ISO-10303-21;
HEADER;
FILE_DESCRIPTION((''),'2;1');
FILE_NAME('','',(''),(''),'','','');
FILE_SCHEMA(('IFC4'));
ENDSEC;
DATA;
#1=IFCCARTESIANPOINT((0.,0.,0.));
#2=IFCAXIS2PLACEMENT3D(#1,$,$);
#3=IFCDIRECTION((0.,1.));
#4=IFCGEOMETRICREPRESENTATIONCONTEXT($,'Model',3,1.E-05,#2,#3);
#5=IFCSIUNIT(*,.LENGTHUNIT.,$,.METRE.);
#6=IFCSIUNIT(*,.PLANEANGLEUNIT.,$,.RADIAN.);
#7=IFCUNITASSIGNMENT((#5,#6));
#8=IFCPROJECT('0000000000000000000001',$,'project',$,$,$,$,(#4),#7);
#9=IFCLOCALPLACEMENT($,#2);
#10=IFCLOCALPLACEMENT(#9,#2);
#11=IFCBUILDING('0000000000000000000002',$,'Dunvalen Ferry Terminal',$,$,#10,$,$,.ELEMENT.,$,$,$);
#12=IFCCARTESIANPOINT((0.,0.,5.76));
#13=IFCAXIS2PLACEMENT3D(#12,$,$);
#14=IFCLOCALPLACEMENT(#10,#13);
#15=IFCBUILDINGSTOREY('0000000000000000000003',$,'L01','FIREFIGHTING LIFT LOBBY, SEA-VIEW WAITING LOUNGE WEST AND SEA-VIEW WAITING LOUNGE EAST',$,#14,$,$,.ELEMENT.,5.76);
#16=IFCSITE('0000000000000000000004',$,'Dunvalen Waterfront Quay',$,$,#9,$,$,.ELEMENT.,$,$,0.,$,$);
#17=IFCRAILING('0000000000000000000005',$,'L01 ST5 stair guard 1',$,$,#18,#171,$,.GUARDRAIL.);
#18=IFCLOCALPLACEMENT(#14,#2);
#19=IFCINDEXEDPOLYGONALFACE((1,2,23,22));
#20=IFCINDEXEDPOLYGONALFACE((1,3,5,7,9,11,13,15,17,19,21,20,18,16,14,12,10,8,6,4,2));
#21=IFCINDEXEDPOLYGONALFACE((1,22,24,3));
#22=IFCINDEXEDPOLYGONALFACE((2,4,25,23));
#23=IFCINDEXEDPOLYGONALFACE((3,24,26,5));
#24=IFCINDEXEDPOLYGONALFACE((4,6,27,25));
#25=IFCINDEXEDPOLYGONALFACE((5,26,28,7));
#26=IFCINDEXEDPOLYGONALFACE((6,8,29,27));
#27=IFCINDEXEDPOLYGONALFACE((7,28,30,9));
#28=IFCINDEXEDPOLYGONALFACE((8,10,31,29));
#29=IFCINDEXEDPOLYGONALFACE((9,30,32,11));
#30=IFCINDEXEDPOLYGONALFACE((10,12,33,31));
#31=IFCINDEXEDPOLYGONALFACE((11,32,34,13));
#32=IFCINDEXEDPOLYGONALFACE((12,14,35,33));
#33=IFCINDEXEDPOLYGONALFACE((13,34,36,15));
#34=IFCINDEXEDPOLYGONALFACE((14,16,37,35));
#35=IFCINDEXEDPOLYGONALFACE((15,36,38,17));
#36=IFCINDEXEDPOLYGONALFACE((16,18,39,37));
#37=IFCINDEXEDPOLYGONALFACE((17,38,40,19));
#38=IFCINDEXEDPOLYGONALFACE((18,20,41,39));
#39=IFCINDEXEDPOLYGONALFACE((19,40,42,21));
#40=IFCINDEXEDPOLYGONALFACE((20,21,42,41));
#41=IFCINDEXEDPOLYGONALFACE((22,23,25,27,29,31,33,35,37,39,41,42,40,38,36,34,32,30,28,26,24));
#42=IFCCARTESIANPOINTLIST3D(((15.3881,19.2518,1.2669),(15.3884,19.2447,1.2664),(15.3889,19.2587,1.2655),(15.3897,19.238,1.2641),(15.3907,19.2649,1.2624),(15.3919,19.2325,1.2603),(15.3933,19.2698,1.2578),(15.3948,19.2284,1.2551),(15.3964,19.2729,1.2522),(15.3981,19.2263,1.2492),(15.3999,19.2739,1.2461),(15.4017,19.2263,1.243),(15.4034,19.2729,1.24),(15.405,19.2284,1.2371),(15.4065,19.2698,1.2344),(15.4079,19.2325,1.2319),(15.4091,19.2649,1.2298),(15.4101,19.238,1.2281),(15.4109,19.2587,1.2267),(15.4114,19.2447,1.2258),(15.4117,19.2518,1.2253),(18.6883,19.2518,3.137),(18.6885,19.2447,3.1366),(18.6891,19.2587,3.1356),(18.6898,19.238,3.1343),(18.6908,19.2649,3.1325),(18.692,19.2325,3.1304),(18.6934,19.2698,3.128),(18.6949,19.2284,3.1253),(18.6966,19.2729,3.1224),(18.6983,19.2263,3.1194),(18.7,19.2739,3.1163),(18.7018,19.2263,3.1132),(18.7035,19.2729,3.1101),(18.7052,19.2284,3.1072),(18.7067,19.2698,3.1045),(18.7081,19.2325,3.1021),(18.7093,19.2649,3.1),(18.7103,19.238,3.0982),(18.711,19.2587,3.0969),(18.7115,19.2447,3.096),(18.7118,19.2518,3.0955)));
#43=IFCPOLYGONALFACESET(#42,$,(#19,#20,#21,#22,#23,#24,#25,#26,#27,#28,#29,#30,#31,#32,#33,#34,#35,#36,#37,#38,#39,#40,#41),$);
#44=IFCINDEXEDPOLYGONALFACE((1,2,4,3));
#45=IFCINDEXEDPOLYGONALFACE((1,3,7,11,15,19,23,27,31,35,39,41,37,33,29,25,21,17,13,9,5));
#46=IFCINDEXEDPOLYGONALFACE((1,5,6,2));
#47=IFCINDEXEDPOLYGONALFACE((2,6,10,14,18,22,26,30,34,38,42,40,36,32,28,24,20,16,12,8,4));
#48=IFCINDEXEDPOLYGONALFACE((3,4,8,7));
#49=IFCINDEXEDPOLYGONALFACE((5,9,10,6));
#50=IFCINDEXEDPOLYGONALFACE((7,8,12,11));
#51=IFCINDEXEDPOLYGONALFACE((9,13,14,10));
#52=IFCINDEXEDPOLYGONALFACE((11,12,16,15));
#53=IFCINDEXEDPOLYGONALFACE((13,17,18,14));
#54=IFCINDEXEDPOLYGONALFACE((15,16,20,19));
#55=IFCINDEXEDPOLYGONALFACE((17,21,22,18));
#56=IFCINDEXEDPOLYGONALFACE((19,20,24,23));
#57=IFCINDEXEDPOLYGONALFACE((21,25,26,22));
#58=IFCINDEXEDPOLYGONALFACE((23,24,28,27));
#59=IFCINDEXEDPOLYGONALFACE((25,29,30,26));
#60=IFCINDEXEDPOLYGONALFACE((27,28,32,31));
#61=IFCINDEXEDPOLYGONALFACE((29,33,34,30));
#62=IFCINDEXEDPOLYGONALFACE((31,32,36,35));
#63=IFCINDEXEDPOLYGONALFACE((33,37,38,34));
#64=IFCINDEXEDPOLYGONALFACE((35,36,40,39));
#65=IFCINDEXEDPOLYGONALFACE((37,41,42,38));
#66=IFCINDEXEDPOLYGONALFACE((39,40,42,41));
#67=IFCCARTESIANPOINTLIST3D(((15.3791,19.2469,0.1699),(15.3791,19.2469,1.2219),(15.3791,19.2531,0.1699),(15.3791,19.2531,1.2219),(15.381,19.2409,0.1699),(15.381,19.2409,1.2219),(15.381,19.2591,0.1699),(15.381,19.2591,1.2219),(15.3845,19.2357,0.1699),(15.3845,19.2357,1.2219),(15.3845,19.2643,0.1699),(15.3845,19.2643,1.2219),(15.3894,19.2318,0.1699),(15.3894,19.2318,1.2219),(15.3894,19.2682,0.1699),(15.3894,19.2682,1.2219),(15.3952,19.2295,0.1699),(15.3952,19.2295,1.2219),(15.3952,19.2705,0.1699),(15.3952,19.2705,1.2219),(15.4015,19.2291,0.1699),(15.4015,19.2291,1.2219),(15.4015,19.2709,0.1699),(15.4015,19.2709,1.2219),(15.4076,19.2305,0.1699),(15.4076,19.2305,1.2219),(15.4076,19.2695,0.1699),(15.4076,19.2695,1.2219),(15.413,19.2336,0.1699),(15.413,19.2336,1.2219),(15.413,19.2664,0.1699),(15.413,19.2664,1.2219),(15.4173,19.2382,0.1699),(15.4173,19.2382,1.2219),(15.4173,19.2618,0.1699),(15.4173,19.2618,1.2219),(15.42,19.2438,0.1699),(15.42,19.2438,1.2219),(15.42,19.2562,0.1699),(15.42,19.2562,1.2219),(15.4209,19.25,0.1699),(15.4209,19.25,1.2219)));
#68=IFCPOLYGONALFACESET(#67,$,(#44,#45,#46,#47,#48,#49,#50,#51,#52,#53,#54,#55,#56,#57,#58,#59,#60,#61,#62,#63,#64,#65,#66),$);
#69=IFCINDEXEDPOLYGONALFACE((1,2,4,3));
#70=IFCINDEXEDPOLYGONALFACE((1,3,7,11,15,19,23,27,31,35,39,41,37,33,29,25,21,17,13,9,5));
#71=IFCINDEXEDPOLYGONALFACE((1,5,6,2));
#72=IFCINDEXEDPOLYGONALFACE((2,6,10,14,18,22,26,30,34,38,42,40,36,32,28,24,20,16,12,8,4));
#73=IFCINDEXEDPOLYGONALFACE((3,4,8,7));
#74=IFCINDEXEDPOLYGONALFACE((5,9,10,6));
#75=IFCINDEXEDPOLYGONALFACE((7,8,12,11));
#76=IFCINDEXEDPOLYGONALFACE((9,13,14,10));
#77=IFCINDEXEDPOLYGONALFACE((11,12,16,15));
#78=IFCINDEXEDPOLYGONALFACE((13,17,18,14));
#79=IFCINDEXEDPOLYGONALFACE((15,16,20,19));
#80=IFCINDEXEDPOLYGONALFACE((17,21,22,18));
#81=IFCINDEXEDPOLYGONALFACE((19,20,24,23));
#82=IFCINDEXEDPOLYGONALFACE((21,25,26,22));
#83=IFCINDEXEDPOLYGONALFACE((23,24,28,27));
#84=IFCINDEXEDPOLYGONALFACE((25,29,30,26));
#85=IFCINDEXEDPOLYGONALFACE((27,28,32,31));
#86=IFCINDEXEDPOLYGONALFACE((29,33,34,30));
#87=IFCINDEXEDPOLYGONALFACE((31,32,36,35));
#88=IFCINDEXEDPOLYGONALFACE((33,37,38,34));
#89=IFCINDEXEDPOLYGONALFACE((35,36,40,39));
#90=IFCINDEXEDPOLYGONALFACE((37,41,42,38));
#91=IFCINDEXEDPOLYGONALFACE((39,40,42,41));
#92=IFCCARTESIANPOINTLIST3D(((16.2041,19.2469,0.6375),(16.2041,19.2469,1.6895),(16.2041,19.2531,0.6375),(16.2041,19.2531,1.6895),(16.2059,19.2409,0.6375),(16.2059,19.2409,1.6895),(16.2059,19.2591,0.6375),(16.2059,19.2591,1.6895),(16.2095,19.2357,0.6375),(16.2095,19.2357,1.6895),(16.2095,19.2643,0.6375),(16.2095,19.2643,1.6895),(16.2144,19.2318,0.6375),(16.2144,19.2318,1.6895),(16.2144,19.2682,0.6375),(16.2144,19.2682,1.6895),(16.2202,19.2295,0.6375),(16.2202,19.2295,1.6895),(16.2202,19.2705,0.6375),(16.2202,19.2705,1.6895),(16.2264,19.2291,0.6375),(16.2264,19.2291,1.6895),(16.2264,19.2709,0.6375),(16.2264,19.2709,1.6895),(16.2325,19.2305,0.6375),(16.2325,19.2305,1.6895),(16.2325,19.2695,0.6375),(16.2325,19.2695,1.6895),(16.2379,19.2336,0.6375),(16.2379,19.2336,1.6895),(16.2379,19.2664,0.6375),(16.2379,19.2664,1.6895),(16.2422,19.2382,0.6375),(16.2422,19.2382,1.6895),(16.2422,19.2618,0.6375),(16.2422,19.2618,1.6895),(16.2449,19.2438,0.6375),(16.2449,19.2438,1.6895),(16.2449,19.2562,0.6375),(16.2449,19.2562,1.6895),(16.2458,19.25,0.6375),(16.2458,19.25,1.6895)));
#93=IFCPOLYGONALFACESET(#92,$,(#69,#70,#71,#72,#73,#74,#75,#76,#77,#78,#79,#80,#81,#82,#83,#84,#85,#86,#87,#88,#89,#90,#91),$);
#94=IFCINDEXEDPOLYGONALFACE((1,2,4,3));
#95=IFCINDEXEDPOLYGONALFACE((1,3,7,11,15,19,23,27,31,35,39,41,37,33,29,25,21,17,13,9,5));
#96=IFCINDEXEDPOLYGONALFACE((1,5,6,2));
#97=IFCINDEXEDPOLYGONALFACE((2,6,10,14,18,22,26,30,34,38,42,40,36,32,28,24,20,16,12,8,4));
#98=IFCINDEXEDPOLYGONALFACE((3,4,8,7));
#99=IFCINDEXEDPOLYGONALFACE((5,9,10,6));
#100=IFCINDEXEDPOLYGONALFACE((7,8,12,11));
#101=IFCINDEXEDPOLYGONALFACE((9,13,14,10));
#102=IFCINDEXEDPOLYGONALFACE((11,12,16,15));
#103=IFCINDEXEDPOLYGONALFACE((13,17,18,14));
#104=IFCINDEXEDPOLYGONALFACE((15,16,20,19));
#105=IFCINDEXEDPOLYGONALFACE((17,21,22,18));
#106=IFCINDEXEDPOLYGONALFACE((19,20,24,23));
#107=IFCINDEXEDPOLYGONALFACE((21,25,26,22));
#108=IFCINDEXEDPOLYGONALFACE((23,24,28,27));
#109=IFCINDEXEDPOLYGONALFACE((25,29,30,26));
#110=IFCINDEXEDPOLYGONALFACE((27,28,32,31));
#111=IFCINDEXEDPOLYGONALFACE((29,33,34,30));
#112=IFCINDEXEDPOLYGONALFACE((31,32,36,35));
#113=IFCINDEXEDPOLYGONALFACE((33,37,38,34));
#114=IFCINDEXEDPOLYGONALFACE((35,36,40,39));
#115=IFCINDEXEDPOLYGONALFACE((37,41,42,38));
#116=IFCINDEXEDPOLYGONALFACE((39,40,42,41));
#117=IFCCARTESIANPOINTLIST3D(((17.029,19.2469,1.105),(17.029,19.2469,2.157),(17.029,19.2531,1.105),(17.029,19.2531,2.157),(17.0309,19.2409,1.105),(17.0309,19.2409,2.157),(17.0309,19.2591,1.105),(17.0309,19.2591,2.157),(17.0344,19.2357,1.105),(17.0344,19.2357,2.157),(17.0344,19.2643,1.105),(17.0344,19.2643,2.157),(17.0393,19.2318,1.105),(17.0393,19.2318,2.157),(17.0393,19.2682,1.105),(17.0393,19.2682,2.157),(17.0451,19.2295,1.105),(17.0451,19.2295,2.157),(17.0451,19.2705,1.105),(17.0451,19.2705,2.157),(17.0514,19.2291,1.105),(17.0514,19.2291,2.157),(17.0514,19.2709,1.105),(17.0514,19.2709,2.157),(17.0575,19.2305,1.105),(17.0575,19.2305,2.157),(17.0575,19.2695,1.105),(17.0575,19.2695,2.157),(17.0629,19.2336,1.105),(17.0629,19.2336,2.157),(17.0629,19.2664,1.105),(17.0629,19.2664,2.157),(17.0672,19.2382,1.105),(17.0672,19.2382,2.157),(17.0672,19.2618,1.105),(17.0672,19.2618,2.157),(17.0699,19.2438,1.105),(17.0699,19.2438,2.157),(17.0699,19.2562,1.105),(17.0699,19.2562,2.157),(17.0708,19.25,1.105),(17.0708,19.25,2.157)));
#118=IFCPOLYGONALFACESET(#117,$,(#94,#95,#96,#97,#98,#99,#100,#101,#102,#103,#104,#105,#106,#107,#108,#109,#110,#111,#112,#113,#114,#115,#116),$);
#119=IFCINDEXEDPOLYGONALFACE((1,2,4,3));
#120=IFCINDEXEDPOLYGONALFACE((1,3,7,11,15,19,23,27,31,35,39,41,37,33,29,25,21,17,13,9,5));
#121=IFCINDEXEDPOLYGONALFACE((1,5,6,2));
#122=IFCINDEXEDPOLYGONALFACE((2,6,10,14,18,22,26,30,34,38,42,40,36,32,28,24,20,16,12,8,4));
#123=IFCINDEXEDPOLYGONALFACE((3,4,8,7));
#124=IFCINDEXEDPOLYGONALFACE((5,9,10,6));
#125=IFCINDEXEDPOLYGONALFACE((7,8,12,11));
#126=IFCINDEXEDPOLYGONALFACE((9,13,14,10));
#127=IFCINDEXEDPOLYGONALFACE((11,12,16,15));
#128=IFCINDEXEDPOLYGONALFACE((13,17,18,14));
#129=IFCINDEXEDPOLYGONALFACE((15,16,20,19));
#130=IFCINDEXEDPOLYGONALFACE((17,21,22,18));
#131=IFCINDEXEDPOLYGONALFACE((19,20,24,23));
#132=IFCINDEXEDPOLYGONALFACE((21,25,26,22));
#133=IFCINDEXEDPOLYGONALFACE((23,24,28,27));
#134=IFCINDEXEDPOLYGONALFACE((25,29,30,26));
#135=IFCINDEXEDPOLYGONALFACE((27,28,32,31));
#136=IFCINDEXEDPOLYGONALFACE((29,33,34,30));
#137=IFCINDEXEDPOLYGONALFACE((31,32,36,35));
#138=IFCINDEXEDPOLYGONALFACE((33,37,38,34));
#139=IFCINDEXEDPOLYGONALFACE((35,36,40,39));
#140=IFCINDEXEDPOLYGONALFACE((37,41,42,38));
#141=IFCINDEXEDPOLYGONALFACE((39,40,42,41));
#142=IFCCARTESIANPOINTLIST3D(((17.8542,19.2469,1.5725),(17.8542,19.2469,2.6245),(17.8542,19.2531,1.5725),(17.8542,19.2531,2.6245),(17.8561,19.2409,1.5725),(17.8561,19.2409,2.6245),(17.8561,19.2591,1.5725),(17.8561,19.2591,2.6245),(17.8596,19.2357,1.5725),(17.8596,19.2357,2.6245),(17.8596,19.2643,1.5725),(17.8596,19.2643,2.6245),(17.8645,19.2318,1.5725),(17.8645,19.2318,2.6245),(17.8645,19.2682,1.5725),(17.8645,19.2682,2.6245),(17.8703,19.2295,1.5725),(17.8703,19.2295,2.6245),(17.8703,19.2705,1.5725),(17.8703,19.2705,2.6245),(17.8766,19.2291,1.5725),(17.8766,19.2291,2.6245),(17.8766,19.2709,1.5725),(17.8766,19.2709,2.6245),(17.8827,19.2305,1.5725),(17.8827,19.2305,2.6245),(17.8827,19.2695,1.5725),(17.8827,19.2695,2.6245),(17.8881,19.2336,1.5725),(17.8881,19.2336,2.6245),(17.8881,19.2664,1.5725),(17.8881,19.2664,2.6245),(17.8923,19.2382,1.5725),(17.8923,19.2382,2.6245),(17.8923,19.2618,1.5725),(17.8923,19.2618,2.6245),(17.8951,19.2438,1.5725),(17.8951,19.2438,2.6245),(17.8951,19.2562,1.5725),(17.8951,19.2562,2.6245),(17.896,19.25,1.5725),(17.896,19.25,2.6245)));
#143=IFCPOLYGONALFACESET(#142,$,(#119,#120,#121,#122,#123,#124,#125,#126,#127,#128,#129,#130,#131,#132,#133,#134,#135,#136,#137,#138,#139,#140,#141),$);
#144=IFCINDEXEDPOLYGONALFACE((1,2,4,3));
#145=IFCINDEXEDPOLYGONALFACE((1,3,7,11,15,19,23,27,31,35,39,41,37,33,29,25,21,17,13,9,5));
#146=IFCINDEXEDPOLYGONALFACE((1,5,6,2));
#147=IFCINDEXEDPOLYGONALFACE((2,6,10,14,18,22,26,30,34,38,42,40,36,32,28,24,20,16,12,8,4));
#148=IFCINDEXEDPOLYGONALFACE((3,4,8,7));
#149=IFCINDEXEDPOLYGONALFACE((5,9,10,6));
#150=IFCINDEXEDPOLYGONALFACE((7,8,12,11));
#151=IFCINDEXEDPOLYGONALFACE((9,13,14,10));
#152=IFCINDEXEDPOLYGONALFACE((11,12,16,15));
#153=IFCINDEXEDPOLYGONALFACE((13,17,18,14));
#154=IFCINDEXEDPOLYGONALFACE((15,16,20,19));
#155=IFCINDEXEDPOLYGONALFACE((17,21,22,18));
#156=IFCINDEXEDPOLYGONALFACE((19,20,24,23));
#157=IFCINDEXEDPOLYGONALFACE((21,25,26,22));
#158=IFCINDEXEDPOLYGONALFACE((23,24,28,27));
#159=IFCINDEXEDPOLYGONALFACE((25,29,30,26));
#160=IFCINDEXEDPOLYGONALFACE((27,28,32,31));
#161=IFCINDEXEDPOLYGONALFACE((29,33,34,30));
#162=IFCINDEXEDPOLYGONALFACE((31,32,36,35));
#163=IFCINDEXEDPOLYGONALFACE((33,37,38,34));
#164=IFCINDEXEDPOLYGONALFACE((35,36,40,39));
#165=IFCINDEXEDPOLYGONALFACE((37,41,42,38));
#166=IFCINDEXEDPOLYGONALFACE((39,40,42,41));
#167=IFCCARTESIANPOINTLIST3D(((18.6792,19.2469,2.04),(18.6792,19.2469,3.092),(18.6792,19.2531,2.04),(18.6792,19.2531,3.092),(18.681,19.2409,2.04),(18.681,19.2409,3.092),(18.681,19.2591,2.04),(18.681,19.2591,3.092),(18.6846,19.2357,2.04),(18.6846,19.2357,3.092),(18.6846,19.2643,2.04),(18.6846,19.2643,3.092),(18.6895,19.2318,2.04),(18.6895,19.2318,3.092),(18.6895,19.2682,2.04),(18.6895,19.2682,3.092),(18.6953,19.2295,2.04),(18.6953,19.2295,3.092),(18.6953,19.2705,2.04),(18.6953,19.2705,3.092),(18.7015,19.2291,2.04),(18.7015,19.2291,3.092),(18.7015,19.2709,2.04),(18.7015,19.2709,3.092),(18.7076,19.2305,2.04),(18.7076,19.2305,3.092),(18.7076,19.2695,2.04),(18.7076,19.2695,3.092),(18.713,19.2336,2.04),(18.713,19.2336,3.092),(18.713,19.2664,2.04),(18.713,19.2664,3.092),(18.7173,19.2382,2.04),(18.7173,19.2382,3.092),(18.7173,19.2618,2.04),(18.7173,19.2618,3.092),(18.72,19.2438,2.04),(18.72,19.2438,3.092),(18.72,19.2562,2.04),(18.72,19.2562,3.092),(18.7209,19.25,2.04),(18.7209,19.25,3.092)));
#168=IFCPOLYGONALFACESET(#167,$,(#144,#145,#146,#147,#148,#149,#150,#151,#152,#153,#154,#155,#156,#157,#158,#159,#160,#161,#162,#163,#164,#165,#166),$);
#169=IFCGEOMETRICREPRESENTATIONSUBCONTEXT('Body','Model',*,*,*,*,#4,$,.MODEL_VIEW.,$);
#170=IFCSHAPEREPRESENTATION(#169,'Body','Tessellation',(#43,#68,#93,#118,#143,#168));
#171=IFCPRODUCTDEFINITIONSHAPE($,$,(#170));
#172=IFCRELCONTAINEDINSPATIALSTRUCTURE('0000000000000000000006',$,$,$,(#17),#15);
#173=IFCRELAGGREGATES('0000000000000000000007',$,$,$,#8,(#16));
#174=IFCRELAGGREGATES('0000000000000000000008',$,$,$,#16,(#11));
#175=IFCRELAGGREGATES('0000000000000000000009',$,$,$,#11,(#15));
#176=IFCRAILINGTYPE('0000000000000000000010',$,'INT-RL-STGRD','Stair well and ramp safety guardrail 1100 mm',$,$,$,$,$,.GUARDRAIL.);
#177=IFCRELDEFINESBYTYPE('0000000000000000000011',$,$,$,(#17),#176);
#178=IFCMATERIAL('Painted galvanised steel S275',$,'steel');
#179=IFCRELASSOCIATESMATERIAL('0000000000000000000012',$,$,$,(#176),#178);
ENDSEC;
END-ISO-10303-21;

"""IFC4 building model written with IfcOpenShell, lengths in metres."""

from ifc_helpers import new_model, si_unit, direction, frame, origin, origin_2d, place, context, subcontext, project, spatial, circle, extrude, material, type_object, element, save


model = new_model("IFC4")

# Units and contexts
model_context = context("Model", 3, precision=1e-05, world=origin(), true_north=direction((0.0, 1.0)))
body_context = subcontext(model_context, "Body", "Model", "MODEL_VIEW")
ifc_project = project(units=[si_unit("LENGTHUNIT", "METRE"), si_unit("PLANEANGLEUNIT", "RADIAN")], contexts=[model_context])

# Site, building, storey
site_placement = place(None, origin())
site = spatial("IfcSite", under=ifc_project, at=site_placement, Name="Dunvalen Waterfront Quay", CompositionType="ELEMENT", RefElevation=0.0)
building_placement = place(site_placement, origin())
building = spatial("IfcBuilding", under=site, at=building_placement, Name="Dunvalen Ferry Terminal", CompositionType="ELEMENT")
storey_placement = place(building_placement, frame((0.0, 0.0, 5.76)))
storey = spatial("IfcBuildingStorey", under=building, at=storey_placement, Name="L01", Description="FIREFIGHTING LIFT LOBBY, SEA-VIEW WAITING LOUNGE WEST AND SEA-VIEW WAITING LOUNGE EAST", CompositionType="ELEMENT", Elevation=5.76)

# Railing
ifc_material_1 = material(Name="Painted galvanised steel S275", Category="steel")
railing_type_1 = type_object("IfcRailingType", Name="INT-RL-STGRD", Description="Stair well and ramp safety guardrail 1100 mm", PredefinedType="GUARDRAIL", material=ifc_material_1)
railing_1_placement = place(storey_placement, frame((15.3999, 19.25, 0.1699)))
element("IfcRailing", 1, at=railing_1_placement, inside=storey, type_object=railing_type_1, Name="L01 ST5 stair guard 1", PredefinedType="GUARDRAIL", context=body_context, shape_type="SweptSolid", body=[
    extrude(circle(Radius=0.0239, at=origin_2d()), frame((0.0, 0.0, 1.0762), z_axis=(0.870012, 0.0, 0.49303), x_axis=(0.0, 1.0, 0.0)), (0.0, 0.0, 1.0), 3.7932),
    extrude(circle(Radius=0.021, at=origin_2d()), origin(), (0.0, 0.0, 1.0), 1.052),
    extrude(circle(Radius=0.021, at=origin_2d()), frame((0.825, 0.0, 0.4675)), (0.0, 0.0, 1.0), 1.052),
    extrude(circle(Radius=0.021, at=origin_2d()), frame((1.6499, 0.0, 0.9351)), (0.0, 0.0, 1.0), 1.052),
    extrude(circle(Radius=0.021, at=origin_2d()), frame((2.4751, 0.0, 1.4026)), (0.0, 0.0, 1.0), 1.052),
    extrude(circle(Radius=0.021, at=origin_2d()), frame((3.3, 0.0, 1.8701)), (0.0, 0.0, 1.0), 1.052),
])

save(model, "model.ifc")
